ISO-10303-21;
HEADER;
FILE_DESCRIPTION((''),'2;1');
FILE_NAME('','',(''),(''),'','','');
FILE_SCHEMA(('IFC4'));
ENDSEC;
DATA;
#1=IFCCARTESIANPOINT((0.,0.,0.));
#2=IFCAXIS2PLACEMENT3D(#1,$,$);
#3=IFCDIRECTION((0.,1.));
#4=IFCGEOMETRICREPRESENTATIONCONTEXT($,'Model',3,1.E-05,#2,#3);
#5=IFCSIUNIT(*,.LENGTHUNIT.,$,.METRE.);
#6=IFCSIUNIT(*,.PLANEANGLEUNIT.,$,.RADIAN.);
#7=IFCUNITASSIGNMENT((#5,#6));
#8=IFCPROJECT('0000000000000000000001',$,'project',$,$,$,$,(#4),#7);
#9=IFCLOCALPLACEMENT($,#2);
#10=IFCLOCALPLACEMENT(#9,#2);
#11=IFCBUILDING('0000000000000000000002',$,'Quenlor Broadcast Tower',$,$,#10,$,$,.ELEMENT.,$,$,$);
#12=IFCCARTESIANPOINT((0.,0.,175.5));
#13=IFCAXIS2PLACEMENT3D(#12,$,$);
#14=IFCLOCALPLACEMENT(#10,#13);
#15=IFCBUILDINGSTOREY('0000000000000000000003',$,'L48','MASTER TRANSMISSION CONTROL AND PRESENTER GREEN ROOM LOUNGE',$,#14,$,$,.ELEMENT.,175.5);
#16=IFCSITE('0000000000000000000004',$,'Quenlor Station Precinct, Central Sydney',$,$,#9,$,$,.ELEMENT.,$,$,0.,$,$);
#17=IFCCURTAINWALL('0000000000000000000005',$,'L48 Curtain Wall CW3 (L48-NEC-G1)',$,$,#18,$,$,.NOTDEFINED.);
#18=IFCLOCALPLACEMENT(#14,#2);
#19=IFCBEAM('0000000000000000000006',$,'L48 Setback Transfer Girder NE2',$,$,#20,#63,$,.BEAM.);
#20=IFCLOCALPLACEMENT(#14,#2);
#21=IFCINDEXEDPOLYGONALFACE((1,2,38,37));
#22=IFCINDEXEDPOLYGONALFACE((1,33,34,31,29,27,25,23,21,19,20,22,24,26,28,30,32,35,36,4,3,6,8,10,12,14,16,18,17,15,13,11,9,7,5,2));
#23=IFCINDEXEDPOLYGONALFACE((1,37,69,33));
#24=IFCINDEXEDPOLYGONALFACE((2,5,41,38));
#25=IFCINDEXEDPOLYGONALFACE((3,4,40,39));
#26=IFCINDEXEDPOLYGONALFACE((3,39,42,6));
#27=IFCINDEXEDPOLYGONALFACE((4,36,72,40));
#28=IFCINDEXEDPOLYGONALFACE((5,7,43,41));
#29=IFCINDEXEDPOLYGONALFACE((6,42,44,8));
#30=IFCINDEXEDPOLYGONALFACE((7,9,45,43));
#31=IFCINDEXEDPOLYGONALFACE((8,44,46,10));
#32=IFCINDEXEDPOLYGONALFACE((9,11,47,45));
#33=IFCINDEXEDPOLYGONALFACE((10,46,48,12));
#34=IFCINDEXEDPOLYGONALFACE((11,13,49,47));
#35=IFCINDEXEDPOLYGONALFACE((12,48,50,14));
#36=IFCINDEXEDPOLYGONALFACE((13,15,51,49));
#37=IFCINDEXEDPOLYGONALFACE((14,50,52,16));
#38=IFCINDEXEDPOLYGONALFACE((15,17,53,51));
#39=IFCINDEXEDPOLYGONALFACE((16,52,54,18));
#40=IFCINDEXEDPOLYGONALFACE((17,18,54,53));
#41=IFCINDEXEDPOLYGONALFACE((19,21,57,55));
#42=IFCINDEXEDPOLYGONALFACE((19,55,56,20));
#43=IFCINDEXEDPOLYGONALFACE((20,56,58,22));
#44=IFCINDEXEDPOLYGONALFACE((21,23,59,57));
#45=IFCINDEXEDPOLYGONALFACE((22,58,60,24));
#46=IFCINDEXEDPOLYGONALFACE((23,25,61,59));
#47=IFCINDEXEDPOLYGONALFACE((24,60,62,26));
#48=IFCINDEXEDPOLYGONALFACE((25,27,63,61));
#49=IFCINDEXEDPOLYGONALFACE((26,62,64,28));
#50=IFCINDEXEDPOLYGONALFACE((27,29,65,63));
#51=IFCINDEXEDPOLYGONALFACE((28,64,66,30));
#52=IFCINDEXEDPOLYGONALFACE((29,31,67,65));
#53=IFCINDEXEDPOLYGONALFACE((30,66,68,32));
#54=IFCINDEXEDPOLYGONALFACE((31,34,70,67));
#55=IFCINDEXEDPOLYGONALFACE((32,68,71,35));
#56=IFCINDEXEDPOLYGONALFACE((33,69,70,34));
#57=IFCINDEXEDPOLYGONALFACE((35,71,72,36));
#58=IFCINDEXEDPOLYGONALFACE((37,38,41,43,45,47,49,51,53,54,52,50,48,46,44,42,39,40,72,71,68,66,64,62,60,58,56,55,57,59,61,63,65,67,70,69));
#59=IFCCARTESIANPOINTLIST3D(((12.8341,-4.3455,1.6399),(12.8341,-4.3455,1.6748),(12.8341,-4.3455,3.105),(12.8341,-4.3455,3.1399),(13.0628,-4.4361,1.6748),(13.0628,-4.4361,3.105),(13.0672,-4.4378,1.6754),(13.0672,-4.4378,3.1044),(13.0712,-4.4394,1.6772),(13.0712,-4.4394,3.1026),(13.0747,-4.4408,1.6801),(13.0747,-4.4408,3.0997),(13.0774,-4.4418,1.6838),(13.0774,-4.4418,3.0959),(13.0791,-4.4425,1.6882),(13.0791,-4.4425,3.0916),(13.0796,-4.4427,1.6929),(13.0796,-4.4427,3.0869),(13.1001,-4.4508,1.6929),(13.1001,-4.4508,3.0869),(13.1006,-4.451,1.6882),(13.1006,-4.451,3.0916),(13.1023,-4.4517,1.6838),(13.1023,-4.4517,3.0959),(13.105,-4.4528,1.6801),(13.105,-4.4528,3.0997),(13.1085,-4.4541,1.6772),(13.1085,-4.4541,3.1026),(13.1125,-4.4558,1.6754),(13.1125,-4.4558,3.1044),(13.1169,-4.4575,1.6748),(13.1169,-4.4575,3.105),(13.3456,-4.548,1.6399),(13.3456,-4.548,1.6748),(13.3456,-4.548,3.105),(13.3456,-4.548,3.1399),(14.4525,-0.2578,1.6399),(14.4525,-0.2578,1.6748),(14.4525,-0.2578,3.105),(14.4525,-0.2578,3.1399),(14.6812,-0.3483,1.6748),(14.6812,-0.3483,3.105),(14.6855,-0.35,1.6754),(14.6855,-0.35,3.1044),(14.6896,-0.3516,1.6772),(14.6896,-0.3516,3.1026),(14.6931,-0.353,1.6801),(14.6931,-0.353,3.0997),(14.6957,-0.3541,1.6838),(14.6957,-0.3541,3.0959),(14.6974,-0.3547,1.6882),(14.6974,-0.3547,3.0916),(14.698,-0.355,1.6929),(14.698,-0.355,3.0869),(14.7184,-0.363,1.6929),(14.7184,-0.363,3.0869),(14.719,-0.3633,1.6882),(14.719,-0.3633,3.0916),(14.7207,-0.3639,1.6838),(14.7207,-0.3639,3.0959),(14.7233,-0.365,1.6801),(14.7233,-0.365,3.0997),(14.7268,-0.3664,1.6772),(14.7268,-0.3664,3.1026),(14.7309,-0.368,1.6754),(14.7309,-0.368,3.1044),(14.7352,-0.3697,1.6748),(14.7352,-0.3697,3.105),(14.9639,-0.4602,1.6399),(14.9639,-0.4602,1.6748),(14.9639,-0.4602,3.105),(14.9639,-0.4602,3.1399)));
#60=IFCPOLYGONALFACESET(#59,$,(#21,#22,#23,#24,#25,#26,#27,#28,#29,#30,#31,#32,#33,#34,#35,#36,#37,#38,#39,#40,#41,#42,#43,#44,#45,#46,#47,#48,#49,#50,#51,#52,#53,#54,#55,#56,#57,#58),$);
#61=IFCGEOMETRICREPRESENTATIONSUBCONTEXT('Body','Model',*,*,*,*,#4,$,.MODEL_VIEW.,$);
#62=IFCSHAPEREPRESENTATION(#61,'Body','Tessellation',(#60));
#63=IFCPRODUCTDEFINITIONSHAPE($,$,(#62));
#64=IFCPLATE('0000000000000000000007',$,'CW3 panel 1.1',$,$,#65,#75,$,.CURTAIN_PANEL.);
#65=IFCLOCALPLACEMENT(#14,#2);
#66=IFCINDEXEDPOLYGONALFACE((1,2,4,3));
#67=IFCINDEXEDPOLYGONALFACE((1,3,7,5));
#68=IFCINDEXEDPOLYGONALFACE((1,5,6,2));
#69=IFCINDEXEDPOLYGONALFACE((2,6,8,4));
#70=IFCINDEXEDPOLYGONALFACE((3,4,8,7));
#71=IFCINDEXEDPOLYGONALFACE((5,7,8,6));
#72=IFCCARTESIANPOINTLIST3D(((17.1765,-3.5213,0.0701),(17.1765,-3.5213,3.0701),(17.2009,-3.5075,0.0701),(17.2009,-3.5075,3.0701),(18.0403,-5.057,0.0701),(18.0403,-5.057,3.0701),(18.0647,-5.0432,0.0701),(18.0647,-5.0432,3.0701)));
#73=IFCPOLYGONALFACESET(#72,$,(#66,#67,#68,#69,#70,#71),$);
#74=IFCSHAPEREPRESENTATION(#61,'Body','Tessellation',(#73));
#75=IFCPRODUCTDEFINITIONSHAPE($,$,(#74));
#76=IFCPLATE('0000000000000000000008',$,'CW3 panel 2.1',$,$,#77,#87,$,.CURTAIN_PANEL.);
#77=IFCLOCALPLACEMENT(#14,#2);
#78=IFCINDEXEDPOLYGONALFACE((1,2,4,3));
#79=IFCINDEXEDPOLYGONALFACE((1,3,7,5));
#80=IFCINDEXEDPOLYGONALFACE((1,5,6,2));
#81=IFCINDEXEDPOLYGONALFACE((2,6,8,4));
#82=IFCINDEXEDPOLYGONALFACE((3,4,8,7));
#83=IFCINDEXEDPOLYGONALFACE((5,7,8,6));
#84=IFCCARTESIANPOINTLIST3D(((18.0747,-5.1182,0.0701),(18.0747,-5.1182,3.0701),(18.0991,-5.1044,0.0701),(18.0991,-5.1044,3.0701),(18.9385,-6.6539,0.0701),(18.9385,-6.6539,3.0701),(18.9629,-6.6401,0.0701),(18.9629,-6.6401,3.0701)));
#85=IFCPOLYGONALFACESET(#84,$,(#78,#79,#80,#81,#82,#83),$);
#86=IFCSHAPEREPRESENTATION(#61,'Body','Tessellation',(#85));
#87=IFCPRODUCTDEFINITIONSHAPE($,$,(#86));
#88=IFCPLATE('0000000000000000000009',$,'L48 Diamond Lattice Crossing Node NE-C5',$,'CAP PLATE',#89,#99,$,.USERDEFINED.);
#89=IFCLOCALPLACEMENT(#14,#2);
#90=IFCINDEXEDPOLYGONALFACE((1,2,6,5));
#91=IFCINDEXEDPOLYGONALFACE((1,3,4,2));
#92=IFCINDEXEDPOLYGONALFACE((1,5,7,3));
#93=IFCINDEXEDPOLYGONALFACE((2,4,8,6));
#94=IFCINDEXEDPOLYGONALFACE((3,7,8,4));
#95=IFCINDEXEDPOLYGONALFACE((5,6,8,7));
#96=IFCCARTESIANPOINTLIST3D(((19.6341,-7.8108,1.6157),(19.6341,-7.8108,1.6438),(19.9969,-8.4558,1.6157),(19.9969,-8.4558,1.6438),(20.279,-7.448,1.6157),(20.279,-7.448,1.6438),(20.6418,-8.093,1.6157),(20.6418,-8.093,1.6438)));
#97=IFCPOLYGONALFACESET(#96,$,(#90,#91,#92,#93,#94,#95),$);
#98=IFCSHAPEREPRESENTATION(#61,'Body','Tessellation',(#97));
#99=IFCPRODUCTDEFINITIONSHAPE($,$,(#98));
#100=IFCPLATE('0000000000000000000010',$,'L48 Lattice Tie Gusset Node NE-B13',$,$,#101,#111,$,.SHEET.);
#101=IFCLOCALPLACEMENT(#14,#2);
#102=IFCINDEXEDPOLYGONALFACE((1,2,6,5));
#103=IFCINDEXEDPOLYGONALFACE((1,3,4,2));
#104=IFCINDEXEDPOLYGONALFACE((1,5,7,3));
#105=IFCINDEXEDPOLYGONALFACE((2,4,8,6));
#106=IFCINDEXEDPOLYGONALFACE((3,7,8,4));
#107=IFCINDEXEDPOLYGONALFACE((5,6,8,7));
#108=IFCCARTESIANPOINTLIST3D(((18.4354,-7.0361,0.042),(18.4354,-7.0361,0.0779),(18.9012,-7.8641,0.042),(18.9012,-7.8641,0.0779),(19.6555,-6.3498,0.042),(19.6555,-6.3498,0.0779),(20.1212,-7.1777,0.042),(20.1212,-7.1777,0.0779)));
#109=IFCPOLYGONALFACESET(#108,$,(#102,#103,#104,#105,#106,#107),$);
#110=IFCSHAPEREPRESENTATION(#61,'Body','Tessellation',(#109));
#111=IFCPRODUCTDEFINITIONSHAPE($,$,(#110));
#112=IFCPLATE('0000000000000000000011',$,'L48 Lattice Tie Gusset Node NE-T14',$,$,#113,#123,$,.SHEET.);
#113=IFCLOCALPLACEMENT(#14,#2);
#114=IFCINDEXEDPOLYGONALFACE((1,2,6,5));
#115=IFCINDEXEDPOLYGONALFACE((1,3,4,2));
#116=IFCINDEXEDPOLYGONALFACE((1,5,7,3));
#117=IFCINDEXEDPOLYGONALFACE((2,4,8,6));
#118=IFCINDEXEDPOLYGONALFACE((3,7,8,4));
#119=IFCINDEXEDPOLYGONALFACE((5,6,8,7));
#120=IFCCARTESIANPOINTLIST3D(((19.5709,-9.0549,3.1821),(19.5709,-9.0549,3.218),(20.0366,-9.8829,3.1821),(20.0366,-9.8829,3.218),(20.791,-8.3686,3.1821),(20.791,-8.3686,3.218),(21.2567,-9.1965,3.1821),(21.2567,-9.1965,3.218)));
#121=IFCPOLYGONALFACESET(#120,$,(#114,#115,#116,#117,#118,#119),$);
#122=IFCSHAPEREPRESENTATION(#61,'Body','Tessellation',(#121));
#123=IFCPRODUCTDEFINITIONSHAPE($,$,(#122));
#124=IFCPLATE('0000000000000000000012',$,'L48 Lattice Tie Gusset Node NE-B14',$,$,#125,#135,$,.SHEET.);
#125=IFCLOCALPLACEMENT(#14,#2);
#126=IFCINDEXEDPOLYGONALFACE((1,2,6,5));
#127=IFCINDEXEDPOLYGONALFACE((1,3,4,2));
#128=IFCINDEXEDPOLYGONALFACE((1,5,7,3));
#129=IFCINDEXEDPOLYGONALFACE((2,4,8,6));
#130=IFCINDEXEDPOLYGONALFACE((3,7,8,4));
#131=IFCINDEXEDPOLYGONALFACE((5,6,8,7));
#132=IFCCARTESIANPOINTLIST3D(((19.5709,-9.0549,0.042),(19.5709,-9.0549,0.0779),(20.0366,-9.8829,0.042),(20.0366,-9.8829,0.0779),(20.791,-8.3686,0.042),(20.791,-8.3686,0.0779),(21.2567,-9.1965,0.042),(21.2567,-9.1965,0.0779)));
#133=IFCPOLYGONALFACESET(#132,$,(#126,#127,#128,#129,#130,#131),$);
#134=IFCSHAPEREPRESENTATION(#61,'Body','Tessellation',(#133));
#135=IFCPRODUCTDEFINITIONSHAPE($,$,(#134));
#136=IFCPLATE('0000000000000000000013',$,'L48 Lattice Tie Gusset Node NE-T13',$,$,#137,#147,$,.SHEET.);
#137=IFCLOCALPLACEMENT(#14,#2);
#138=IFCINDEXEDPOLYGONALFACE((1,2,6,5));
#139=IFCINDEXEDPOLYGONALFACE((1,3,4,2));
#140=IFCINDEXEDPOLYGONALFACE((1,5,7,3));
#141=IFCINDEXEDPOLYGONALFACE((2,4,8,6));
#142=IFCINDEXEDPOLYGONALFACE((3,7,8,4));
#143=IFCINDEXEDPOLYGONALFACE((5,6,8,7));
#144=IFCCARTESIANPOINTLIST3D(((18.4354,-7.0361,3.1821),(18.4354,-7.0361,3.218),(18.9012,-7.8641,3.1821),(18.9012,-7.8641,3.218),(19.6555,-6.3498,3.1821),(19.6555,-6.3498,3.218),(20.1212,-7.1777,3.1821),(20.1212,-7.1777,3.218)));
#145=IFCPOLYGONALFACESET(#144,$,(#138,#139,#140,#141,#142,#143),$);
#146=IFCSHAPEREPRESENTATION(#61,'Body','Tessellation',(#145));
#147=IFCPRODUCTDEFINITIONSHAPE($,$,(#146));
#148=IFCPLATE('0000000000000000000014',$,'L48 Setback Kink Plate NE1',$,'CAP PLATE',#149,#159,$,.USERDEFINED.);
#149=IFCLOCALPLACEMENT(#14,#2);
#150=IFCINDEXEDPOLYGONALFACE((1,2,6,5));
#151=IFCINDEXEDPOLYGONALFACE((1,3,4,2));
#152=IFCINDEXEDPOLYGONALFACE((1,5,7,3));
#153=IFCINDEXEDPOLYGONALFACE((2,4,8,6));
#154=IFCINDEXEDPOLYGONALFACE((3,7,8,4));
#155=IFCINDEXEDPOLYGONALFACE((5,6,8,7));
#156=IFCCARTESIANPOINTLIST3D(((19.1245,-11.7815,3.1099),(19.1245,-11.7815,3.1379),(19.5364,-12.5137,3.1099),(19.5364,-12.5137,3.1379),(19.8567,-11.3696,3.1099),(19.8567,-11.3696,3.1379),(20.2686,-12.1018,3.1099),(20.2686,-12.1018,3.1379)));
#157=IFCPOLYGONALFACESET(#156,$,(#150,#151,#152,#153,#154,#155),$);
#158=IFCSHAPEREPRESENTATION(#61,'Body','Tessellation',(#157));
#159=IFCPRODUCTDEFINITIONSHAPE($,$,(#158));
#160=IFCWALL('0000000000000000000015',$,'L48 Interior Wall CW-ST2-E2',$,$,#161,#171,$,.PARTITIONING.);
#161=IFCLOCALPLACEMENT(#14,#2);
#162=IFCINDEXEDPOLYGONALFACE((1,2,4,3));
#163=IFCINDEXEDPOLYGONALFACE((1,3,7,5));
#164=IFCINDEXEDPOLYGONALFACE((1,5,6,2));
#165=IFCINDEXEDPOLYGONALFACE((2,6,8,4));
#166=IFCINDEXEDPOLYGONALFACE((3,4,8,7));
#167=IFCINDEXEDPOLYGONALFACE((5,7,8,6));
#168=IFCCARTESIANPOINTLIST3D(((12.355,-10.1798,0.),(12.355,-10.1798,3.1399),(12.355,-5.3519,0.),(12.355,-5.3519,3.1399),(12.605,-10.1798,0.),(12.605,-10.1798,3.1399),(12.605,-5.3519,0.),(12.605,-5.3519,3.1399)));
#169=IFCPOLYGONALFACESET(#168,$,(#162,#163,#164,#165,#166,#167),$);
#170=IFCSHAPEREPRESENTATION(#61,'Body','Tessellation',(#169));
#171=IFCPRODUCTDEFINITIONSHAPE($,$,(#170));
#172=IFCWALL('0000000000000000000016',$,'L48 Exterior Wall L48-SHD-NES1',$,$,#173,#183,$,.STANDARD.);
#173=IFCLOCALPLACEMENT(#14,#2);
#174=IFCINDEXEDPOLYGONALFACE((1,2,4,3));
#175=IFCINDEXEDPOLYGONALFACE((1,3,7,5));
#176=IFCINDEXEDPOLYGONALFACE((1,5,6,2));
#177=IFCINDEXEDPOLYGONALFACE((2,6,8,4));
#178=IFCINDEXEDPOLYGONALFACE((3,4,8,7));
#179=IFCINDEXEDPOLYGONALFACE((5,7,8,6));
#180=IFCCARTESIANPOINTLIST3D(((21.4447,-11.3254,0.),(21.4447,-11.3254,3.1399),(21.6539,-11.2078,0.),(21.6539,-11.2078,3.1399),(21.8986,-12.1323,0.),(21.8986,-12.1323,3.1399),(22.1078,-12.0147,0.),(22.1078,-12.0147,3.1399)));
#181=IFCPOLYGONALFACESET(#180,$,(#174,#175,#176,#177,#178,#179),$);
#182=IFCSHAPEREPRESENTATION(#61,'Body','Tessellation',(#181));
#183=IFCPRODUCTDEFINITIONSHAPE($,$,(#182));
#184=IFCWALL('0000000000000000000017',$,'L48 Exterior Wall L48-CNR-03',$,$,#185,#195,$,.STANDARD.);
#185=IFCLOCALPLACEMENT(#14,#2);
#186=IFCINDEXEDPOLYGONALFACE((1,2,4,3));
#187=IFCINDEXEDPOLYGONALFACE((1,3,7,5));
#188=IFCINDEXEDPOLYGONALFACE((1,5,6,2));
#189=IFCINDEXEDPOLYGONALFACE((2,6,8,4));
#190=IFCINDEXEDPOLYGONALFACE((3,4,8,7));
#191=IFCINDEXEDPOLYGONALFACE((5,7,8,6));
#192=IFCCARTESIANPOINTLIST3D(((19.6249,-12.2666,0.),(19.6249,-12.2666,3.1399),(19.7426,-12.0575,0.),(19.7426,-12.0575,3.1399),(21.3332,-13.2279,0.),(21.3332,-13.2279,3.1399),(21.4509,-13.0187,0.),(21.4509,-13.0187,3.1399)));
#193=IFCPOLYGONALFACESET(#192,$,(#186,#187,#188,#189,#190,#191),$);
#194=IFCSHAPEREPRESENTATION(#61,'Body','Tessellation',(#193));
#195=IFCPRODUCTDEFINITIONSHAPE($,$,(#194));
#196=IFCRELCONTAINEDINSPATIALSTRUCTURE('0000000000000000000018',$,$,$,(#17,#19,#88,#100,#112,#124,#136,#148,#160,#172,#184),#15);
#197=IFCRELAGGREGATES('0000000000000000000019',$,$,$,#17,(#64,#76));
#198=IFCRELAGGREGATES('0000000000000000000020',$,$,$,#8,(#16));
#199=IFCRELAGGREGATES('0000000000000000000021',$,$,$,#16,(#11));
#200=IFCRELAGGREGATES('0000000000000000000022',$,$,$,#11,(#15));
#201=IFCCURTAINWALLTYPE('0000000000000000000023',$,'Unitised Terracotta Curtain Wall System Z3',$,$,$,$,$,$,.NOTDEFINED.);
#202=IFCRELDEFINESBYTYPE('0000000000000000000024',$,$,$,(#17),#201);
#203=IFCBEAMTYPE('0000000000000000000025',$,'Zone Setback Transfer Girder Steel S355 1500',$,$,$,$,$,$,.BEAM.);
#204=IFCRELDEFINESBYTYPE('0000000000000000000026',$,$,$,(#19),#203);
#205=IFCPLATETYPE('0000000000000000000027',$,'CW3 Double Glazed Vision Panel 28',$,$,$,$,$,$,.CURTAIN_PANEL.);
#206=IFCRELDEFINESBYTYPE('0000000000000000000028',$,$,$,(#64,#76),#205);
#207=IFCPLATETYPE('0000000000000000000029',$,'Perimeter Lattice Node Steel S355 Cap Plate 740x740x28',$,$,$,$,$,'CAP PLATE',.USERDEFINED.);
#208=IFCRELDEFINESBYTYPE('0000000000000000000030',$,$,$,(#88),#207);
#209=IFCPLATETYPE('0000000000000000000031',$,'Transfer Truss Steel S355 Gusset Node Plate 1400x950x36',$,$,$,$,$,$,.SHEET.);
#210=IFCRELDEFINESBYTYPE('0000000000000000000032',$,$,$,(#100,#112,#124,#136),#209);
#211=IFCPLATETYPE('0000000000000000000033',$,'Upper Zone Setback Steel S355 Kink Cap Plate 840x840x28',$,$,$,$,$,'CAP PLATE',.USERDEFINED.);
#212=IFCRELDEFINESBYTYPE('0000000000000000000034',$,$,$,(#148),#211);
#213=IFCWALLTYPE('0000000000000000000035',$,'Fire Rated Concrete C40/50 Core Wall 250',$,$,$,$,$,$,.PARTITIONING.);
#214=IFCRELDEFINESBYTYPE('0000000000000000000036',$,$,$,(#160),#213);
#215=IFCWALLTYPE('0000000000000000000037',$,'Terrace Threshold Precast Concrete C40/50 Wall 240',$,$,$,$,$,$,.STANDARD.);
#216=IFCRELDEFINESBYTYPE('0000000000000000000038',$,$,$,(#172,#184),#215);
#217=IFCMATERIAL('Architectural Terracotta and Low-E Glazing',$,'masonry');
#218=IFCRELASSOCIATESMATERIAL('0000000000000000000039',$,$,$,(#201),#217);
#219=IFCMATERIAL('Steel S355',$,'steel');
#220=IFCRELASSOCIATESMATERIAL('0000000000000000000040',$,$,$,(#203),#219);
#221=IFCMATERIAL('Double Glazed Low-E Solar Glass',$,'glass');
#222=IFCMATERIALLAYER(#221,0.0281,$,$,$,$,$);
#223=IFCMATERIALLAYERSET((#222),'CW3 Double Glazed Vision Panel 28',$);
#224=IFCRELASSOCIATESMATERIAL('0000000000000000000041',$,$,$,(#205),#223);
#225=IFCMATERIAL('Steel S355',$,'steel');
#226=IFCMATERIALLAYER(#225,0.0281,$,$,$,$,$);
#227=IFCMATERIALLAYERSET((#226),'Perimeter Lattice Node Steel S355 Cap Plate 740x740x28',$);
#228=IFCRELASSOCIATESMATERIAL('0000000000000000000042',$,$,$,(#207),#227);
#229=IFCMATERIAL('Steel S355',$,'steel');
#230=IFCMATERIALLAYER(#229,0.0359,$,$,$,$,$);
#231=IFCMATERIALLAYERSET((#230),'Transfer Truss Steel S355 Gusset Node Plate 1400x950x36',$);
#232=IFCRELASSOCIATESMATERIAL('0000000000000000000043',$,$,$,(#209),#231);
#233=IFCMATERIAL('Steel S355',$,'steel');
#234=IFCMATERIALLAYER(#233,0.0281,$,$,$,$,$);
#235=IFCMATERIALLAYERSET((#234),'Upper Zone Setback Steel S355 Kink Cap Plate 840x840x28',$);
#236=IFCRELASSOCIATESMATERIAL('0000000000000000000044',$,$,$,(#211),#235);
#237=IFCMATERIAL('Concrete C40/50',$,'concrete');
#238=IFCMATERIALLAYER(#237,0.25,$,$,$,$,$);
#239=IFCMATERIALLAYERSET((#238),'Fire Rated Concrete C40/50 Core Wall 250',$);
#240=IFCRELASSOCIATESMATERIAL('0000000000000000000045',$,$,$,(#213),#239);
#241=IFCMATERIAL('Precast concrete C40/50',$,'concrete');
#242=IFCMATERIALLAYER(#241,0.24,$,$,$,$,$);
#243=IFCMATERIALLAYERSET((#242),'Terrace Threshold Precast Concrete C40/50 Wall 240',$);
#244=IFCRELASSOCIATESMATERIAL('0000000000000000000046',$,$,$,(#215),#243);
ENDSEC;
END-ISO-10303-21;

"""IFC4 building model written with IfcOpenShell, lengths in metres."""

from ifc_helpers import new_model, si_unit, direction, frame, frame_2d, origin, origin_2d, place, context, subcontext, project, spatial, rectangle, i_section, extrude, material, layer, layer_set, material_profile, profile_set, type_object, element, aggregate, save


model = new_model("IFC4")

# Units and contexts
model_context = context("Model", 3, precision=1e-05, world=origin(), true_north=direction((0.0, 1.0)))
body_context = subcontext(model_context, "Body", "Model", "MODEL_VIEW")
ifc_project = project(units=[si_unit("LENGTHUNIT", "METRE"), si_unit("PLANEANGLEUNIT", "RADIAN")], contexts=[model_context])

# Site, building, storey
site_placement = place(None, origin())
site = spatial("IfcSite", under=ifc_project, at=site_placement, Name="Quenlor Station Precinct, Central Sydney", CompositionType="ELEMENT", RefElevation=0.0)
building_placement = place(site_placement, origin())
building = spatial("IfcBuilding", under=site, at=building_placement, Name="Quenlor Broadcast Tower", CompositionType="ELEMENT")
storey_placement = place(building_placement, frame((0.0, 0.0, 175.5)))
storey = spatial("IfcBuildingStorey", under=building, at=storey_placement, Name="L48", Description="MASTER TRANSMISSION CONTROL AND PRESENTER GREEN ROOM LOUNGE", CompositionType="ELEMENT", Elevation=175.5)

# Curtain wall
ifc_material_1 = material(Name="Architectural Terracotta and Low-E Glazing", Category="masonry")
curtain_wall_type = type_object("IfcCurtainWallType", Name="Unitised Terracotta Curtain Wall System Z3", PredefinedType="NOTDEFINED", material=ifc_material_1)
curtain_wall_placement = place(storey_placement, origin())
curtain_wall = element("IfcCurtainWall", 1, at=curtain_wall_placement, inside=storey, type_object=curtain_wall_type, Name="L48 Curtain Wall CW3 (L48-NEC-G1)", PredefinedType="NOTDEFINED")

# Beam
ifc_material_2 = material(Name="Steel S355", Category="steel")
ifc_material_profile_1 = material_profile(ifc_material_2, i_section(OverallWidth=0.55, OverallDepth=1.5, WebThickness=0.022, FlangeThickness=0.0349, FilletRadius=0.0181, at=origin_2d()))
ifc_profile_set_1 = profile_set([ifc_material_profile_1], Name="Steel S355 1500TG510")
beam_type_1 = type_object("IfcBeamType", Name="Zone Setback Transfer Girder Steel S355 1500", PredefinedType="BEAM", material=ifc_profile_set_1)
beam_1_placement = place(storey_placement, frame((13.0898, -4.4468, 2.3899), z_axis=(0.368104, 0.929784, 0.0), x_axis=(-0.929784, 0.368104, 0.0)))
element("IfcBeam", 2, at=beam_1_placement, inside=storey, type_object=beam_type_1, Name="L48 Setback Transfer Girder NE2", PredefinedType="BEAM", context=body_context, shape_type="SweptSolid", body=[
    extrude(i_section(OverallWidth=0.55, OverallDepth=1.5, WebThickness=0.022, FlangeThickness=0.0349, FilletRadius=0.0181, at=origin_2d()), origin(), (0.0, 0.0, 1.0), 4.3965),
])

# Plates
ifc_material_3 = material(Name="Double Glazed Low-E Solar Glass", Category="glass")
ifc_layer_1 = layer(ifc_material_3, 0.0281)
ifc_layer_set_1 = layer_set([ifc_layer_1], Name="CW3 Double Glazed Vision Panel 28")
plate_type_1 = type_object("IfcPlateType", Name="CW3 Double Glazed Vision Panel 28", PredefinedType="CURTAIN_PANEL", material=ifc_layer_set_1)
plate_1_placement = place(storey_placement, frame((17.6206, -4.2822, 0.0701), z_axis=(0.0, 0.0, 1.0), x_axis=(0.490259, -0.871577, 0.0)))
plate_1 = element("IfcPlate", 3, at=plate_1_placement, type_object=plate_type_1, Name="CW3 panel 1.1", PredefinedType="CURTAIN_PANEL", context=body_context, shape_type="SweptSolid", body=[
    extrude(rectangle(XDim=1.762, YDim=0.0281, at=origin_2d()), origin(), (0.0, 0.0, 1.0), 3.0),
])
plate_2_placement = place(storey_placement, frame((18.5188, -5.8792, 0.0701), z_axis=(0.0, 0.0, 1.0), x_axis=(0.490259, -0.871577, 0.0)))
plate_2 = element("IfcPlate", 4, at=plate_2_placement, type_object=plate_type_1, Name="CW3 panel 2.1", PredefinedType="CURTAIN_PANEL", context=body_context, shape_type="SweptSolid", body=[
    extrude(rectangle(XDim=1.762, YDim=0.0281, at=origin_2d()), origin(), (0.0, 0.0, 1.0), 3.0),
])
aggregate(curtain_wall, [plate_1, plate_2])

# Plates
ifc_material_4 = material(Name="Steel S355", Category="steel")
ifc_layer_2 = layer(ifc_material_4, 0.0281)
ifc_layer_set_2 = layer_set([ifc_layer_2], Name="Perimeter Lattice Node Steel S355 Cap Plate 740x740x28")
plate_type_2 = type_object("IfcPlateType", Name="Perimeter Lattice Node Steel S355 Cap Plate 740x740x28", ElementType="CAP PLATE", PredefinedType="USERDEFINED", material=ifc_layer_set_2)
plate_3_placement = place(storey_placement, frame((20.1379, -7.9519, 1.6157), z_axis=(0.0, 0.0, 1.0), x_axis=(0.490295, -0.871556, 0.0)))
element("IfcPlate", 5, at=plate_3_placement, inside=storey, type_object=plate_type_2, Name="L48 Diamond Lattice Crossing Node NE-C5", ObjectType="CAP PLATE", PredefinedType="USERDEFINED", context=body_context, shape_type="SweptSolid", body=[
    extrude(rectangle(XDim=0.74, YDim=0.74, at=origin_2d()), origin(), (0.0, 0.0, 1.0), 0.0281),
])
ifc_material_5 = material(Name="Steel S355", Category="steel")
ifc_layer_3 = layer(ifc_material_5, 0.0359)
ifc_layer_set_3 = layer_set([ifc_layer_3], Name="Transfer Truss Steel S355 Gusset Node Plate 1400x950x36")
plate_type_3 = type_object("IfcPlateType", Name="Transfer Truss Steel S355 Gusset Node Plate 1400x950x36", PredefinedType="SHEET", material=ifc_layer_set_3)
for number, where, z_axis, x_axis, name in (
    (6, (19.2783, -7.1069, 0.042), (0.0, 0.0, 1.0), (0.871556, 0.490295, 0.0), "L48 Lattice Tie Gusset Node NE-B13"),
    (7, (20.4138, -9.1257, 3.1821), (0.0, 0.0, 1.0), (0.871556, 0.490295, 0.0), "L48 Lattice Tie Gusset Node NE-T14"),
    (8, (20.4138, -9.1257, 0.042), (0.0, 0.0, 1.0), (0.871556, 0.490295, 0.0), "L48 Lattice Tie Gusset Node NE-B14"),
    (9, (19.2783, -7.1069, 3.1821), (0.0, 0.0, 1.0), (0.871556, 0.490295, 0.0), "L48 Lattice Tie Gusset Node NE-T13"),
):
    element("IfcPlate", number, at=place(storey_placement, frame(where, z_axis=z_axis, x_axis=x_axis)), inside=storey, type_object=plate_type_3, Name=name, PredefinedType="SHEET", context=body_context, shape_type="SweptSolid", body=[
        extrude(rectangle(XDim=1.3999, YDim=0.95, at=origin_2d()), origin(), (0.0, 0.0, 1.0), 0.0359),
    ])
ifc_material_6 = material(Name="Steel S355", Category="steel")
ifc_layer_4 = layer(ifc_material_6, 0.0281)
ifc_layer_set_4 = layer_set([ifc_layer_4], Name="Upper Zone Setback Steel S355 Kink Cap Plate 840x840x28")
plate_type_4 = type_object("IfcPlateType", Name="Upper Zone Setback Steel S355 Kink Cap Plate 840x840x28", ElementType="CAP PLATE", PredefinedType="USERDEFINED", material=ifc_layer_set_4)
plate_4_placement = place(storey_placement, frame((19.6965, -11.9417, 3.1099), z_axis=(0.0, 0.0, 1.0), x_axis=(0.871575, 0.490262, 0.0)))
element("IfcPlate", 10, at=plate_4_placement, inside=storey, type_object=plate_type_4, Name="L48 Setback Kink Plate NE1", ObjectType="CAP PLATE", PredefinedType="USERDEFINED", context=body_context, shape_type="SweptSolid", body=[
    extrude(rectangle(XDim=0.8401, YDim=0.8401, at=origin_2d()), origin(), (0.0, 0.0, 1.0), 0.0281),
])

# Walls
ifc_material_7 = material(Name="Concrete C40/50", Category="concrete")
ifc_layer_5 = layer(ifc_material_7, 0.25)
ifc_layer_set_5 = layer_set([ifc_layer_5], Name="Fire Rated Concrete C40/50 Core Wall 250")
wall_type_1 = type_object("IfcWallType", Name="Fire Rated Concrete C40/50 Core Wall 250", PredefinedType="PARTITIONING", material=ifc_layer_set_5)
wall_1_placement = place(storey_placement, frame((12.48, -10.1799, 0.0), z_axis=(0.0, 0.0, 1.0), x_axis=(0.0, 1.0, 0.0)))
element("IfcWall", 11, at=wall_1_placement, inside=storey, type_object=wall_type_1, Name="L48 Interior Wall CW-ST2-E2", PredefinedType="PARTITIONING", context=body_context, shape_type="SweptSolid", body=[
    extrude(rectangle(XDim=4.8279, YDim=0.25, at=frame_2d((2.4141, 0.0))), origin(), (0.0, 0.0, 1.0), 3.1399),
])
ifc_material_8 = material(Name="Precast concrete C40/50", Category="concrete")
ifc_layer_6 = layer(ifc_material_8, 0.24)
ifc_layer_set_6 = layer_set([ifc_layer_6], Name="Terrace Threshold Precast Concrete C40/50 Wall 240")
wall_type_2 = type_object("IfcWallType", Name="Terrace Threshold Precast Concrete C40/50 Wall 240", PredefinedType="STANDARD", material=ifc_layer_set_6)
wall_2_placement = place(storey_placement, frame((21.5493, -11.2666, 0.0), z_axis=(0.0, 0.0, 1.0), x_axis=(0.490249, -0.871583, 0.0)))
element("IfcWall", 12, at=wall_2_placement, inside=storey, type_object=wall_type_2, Name="L48 Exterior Wall L48-SHD-NES1", PredefinedType="STANDARD", context=body_context, shape_type="SweptSolid", body=[
    extrude(rectangle(XDim=0.9258, YDim=0.24, at=frame_2d((0.4629, 0.0))), origin(), (0.0, 0.0, 1.0), 3.1399),
])
wall_3_placement = place(storey_placement, frame((19.6838, -12.1621, 0.0), z_axis=(0.0, 0.0, 1.0), x_axis=(0.871512, -0.490374, 0.0)))
element("IfcWall", 13, at=wall_3_placement, inside=storey, type_object=wall_type_2, Name="L48 Exterior Wall L48-CNR-03", PredefinedType="STANDARD", context=body_context, shape_type="SweptSolid", body=[
    extrude(rectangle(XDim=1.9602, YDim=0.24, at=frame_2d((0.98, 0.0))), origin(), (0.0, 0.0, 1.0), 3.1399),
])

save(model, "model.ifc")
